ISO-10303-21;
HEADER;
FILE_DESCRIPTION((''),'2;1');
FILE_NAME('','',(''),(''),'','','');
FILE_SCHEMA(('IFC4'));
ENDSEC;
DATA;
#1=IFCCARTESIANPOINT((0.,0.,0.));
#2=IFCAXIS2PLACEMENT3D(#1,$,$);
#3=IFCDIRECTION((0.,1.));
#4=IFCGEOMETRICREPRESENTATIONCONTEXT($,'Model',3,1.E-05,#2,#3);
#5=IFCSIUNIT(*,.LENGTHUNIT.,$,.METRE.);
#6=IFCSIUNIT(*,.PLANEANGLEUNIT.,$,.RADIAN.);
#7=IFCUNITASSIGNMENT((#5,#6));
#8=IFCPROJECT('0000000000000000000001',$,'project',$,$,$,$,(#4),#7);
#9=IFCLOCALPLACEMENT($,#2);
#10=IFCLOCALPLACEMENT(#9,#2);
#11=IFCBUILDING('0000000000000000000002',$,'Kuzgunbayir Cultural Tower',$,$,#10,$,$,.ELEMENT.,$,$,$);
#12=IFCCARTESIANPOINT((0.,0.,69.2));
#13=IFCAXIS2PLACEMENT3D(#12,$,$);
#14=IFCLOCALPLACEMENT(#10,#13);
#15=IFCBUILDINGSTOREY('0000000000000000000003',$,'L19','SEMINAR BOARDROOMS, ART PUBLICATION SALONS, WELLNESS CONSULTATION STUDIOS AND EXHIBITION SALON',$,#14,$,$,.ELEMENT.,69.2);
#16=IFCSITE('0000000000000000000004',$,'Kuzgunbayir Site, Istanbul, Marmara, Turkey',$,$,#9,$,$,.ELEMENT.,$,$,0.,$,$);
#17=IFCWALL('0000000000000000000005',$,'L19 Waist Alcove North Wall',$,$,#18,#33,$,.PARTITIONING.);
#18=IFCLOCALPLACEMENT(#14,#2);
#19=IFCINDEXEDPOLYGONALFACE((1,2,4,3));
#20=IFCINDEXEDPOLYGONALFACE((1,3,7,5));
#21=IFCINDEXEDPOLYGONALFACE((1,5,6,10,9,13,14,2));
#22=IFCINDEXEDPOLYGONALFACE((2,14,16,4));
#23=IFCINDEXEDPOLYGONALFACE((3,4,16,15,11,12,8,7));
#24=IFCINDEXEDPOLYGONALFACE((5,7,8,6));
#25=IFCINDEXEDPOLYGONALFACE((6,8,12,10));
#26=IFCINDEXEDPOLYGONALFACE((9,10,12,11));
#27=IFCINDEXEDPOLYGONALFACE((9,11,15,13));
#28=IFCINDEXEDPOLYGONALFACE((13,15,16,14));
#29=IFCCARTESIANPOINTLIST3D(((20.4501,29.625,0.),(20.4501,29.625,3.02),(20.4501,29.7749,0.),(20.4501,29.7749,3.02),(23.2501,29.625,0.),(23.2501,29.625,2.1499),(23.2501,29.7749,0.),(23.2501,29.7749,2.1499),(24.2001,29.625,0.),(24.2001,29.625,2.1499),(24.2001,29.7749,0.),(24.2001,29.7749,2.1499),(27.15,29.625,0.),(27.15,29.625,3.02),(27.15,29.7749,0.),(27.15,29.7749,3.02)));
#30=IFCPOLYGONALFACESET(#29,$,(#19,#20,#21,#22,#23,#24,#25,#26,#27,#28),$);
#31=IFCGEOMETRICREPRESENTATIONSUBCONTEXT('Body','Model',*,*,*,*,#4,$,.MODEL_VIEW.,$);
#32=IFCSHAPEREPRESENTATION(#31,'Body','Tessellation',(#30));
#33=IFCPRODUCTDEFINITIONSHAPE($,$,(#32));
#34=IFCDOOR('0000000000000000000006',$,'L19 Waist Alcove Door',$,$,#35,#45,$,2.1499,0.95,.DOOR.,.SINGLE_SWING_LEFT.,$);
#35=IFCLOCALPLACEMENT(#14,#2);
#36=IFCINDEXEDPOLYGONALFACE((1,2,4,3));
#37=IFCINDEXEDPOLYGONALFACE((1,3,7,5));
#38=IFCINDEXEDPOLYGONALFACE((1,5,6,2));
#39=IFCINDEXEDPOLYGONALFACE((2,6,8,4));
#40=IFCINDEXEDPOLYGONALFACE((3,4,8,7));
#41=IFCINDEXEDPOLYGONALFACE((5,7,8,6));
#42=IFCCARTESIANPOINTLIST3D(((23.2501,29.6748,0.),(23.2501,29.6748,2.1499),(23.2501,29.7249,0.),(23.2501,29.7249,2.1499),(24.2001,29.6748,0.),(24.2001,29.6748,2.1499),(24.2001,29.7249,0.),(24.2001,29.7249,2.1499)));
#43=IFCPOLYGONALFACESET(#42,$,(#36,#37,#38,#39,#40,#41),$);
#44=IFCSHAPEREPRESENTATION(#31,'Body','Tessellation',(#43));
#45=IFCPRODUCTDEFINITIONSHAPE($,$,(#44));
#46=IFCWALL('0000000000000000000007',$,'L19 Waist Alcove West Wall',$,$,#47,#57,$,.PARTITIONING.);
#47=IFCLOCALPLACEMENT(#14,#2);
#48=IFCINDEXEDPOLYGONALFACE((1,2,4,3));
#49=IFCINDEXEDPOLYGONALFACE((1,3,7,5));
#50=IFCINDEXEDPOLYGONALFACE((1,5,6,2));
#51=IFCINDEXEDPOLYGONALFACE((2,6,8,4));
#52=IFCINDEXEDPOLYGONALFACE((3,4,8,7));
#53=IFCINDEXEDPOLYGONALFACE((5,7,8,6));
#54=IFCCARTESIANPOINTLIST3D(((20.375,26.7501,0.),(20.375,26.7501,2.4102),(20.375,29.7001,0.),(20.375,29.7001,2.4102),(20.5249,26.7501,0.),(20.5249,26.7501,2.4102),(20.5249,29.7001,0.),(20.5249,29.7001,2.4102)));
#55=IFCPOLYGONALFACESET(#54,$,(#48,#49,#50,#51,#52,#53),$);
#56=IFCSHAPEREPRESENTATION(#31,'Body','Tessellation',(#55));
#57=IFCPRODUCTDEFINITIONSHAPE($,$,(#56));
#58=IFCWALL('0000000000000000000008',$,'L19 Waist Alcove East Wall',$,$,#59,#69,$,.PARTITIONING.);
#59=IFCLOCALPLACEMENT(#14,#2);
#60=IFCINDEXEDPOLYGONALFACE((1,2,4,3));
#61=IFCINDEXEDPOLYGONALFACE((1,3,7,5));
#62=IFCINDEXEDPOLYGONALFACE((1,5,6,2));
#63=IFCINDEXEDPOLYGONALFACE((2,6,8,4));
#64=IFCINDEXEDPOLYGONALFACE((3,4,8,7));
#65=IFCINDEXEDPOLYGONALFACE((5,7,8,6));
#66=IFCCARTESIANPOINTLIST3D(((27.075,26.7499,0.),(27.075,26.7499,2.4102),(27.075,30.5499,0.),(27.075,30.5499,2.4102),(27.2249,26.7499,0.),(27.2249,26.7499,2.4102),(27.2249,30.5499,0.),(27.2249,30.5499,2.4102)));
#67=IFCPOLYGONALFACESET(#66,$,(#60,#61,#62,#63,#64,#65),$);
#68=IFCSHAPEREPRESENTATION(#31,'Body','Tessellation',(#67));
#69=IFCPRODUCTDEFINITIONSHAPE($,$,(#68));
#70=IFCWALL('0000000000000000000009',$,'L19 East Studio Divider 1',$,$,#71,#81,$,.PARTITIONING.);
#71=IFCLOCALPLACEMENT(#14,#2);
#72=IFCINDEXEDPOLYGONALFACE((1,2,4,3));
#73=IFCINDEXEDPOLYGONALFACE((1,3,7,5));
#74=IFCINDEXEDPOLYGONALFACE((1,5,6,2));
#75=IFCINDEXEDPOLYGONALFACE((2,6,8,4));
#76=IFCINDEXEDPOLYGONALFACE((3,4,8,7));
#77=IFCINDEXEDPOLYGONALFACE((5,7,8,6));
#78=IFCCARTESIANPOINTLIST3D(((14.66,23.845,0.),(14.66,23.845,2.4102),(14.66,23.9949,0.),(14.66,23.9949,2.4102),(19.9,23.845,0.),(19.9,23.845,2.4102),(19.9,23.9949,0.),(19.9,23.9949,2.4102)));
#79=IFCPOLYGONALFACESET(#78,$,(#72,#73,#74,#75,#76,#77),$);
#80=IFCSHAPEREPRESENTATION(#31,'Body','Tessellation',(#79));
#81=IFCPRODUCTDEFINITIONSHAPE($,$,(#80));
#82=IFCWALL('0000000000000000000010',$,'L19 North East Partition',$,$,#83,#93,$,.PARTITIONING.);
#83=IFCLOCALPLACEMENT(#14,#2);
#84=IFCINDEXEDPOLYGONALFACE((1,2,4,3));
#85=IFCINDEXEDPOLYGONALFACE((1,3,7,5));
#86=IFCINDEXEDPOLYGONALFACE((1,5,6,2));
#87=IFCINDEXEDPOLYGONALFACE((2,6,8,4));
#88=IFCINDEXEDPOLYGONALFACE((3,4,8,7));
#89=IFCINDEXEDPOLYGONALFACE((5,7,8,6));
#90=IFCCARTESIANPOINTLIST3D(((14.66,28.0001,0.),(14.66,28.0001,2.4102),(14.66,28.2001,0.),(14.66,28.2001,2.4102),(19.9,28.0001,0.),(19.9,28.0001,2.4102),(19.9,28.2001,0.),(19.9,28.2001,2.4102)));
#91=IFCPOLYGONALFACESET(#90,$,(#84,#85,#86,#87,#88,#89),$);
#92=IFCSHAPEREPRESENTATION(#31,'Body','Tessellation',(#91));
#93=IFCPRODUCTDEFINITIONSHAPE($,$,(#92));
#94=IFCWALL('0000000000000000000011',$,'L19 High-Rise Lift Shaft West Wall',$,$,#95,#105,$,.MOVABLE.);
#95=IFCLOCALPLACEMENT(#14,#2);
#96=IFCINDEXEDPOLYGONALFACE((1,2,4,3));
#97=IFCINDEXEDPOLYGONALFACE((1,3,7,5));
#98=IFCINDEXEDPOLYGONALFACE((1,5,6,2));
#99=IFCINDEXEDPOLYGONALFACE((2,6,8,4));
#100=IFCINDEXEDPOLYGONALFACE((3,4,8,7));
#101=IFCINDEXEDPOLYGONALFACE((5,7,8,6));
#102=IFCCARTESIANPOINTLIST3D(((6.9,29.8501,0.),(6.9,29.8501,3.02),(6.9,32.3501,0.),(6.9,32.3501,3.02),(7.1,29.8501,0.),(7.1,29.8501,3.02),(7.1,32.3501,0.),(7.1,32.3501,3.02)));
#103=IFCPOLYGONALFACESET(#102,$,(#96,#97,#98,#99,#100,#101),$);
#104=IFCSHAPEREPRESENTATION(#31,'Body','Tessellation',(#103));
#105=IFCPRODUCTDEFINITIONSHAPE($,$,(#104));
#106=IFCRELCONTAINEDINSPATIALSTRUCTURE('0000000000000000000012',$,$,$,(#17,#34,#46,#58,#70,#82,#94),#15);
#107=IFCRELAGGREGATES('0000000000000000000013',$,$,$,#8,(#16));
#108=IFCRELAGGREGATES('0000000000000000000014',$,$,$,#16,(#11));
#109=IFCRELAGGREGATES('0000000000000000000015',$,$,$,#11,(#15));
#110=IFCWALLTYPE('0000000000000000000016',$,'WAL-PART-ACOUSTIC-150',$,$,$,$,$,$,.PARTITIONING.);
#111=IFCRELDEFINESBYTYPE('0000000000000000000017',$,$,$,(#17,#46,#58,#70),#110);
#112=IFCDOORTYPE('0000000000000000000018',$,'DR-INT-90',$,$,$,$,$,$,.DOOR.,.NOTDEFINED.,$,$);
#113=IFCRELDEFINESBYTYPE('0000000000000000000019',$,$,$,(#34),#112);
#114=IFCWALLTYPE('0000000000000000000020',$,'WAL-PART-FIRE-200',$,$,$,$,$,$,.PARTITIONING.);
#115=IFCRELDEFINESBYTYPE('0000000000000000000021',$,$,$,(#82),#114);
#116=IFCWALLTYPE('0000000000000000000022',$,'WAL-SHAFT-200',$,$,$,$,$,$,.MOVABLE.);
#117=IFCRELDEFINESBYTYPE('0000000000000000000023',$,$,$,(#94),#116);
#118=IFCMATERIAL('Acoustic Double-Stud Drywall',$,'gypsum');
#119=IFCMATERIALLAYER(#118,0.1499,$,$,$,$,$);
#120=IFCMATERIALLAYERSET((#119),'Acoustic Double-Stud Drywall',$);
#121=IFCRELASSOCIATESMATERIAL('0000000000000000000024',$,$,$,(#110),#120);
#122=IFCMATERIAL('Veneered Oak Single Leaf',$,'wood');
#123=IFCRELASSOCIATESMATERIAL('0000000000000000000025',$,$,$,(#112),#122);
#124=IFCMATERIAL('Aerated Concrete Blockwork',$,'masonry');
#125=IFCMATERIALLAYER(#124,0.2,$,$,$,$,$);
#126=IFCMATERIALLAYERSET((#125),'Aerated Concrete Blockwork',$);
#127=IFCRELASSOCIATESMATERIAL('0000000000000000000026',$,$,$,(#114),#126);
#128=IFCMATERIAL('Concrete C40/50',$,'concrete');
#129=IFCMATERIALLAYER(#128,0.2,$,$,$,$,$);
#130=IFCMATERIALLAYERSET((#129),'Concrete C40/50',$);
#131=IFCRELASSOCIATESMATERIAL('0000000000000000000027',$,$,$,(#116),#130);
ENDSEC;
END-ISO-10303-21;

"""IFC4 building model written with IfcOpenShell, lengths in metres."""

from ifc_helpers import new_model, si_unit, direction, frame, frame_2d, origin, place, context, subcontext, project, spatial, rectangle, extrude, material, layer, layer_set, type_object, element, fill, save


model = new_model("IFC4")

# Units and contexts
model_context = context("Model", 3, precision=1e-05, world=origin(), true_north=direction((0.0, 1.0)))
body_context = subcontext(model_context, "Body", "Model", "MODEL_VIEW")
ifc_project = project(units=[si_unit("LENGTHUNIT", "METRE"), si_unit("PLANEANGLEUNIT", "RADIAN")], contexts=[model_context])

# Site, building, storey
site_placement = place(None, origin())
site = spatial("IfcSite", under=ifc_project, at=site_placement, Name="Kuzgunbayir Site, Istanbul, Marmara, Turkey", CompositionType="ELEMENT", RefElevation=0.0)
building_placement = place(site_placement, origin())
building = spatial("IfcBuilding", under=site, at=building_placement, Name="Kuzgunbayir Cultural Tower", CompositionType="ELEMENT")
storey_placement = place(building_placement, frame((0.0, 0.0, 69.2)))
storey = spatial("IfcBuildingStorey", under=building, at=storey_placement, Name="L19", Description="SEMINAR BOARDROOMS, ART PUBLICATION SALONS, WELLNESS CONSULTATION STUDIOS AND EXHIBITION SALON", CompositionType="ELEMENT", Elevation=69.2)

# Wall, opening, door
ifc_material_1 = material(Name="Acoustic Double-Stud Drywall", Category="gypsum")
ifc_layer_1 = layer(ifc_material_1, 0.1499)
ifc_layer_set_1 = layer_set([ifc_layer_1], Name="Acoustic Double-Stud Drywall")
wall_type_1 = type_object("IfcWallType", Name="WAL-PART-ACOUSTIC-150", PredefinedType="PARTITIONING", material=ifc_layer_set_1)
wall_1_placement = place(storey_placement, frame((20.45, 29.7, 0.0), z_axis=(0.0, 0.0, 1.0), x_axis=(1.0, 0.0, 0.0)))
wall_1 = element("IfcWall", 1, at=wall_1_placement, inside=storey, type_object=wall_type_1, Name="L19 Waist Alcove North Wall", PredefinedType="PARTITIONING", context=body_context, shape_type="SweptSolid", body=[
    extrude(rectangle(XDim=6.7, YDim=0.1499, at=frame_2d((3.3501, 0.0))), origin(), (0.0, 0.0, 1.0), 3.02),
])
opening_1_placement = place(wall_1_placement, frame((2.8, 0.0, 0.0)))
opening_1 = element("IfcOpeningElement", 2, at=opening_1_placement, cuts=wall_1, PredefinedType="OPENING", context=body_context, shape_type="SweptSolid", body=[
    extrude(rectangle(XDim=0.95, YDim=2.1499, at=frame_2d((0.4751, 1.075))), frame((0.0, 0.085, 0.0), z_axis=(0.0, -1.0, 0.0), x_axis=(1.0, 0.0, 0.0)), (0.0, 0.0, 1.0), 0.1699),
])
ifc_material_2 = material(Name="Veneered Oak Single Leaf", Category="wood")
door_type_1 = type_object("IfcDoorType", Name="DR-INT-90", OperationType="NOTDEFINED", PredefinedType="DOOR", material=ifc_material_2)
door_1_placement = place(opening_1_placement, origin())
door_1 = element("IfcDoor", 3, at=door_1_placement, inside=storey, type_object=door_type_1, Name="L19 Waist Alcove Door", OperationType="SINGLE_SWING_LEFT", OverallHeight=2.1499, OverallWidth=0.95, PredefinedType="DOOR", context=body_context, shape_type="SweptSolid", body=[
    extrude(rectangle(XDim=0.95, YDim=2.1499, at=frame_2d((0.4751, 1.075))), frame((0.0, 0.0249, 0.0), z_axis=(0.0, -1.0, 0.0), x_axis=(1.0, 0.0, 0.0)), (0.0, 0.0, 1.0), 0.05),
])
fill(opening_1, door_1)

# Walls
wall_2_placement = place(storey_placement, frame((20.45, 26.75, 0.0), z_axis=(0.0, 0.0, 1.0), x_axis=(0.0, 1.0, 0.0)))
element("IfcWall", 4, at=wall_2_placement, inside=storey, type_object=wall_type_1, Name="L19 Waist Alcove West Wall", PredefinedType="PARTITIONING", context=body_context, shape_type="SweptSolid", body=[
    extrude(rectangle(XDim=2.95, YDim=0.1499, at=frame_2d((1.4751, 0.0))), origin(), (0.0, 0.0, 1.0), 2.4102),
])
wall_3_placement = place(storey_placement, frame((27.1499, 26.75, 0.0), z_axis=(0.0, 0.0, 1.0), x_axis=(0.0, 1.0, 0.0)))
element("IfcWall", 5, at=wall_3_placement, inside=storey, type_object=wall_type_1, Name="L19 Waist Alcove East Wall", PredefinedType="PARTITIONING", context=body_context, shape_type="SweptSolid", body=[
    extrude(rectangle(XDim=3.8, YDim=0.1499, at=frame_2d((1.8999, 0.0))), origin(), (0.0, 0.0, 1.0), 2.4102),
])
wall_4_placement = place(storey_placement, frame((14.6599, 23.9199, 0.0), z_axis=(0.0, 0.0, 1.0), x_axis=(1.0, 0.0, 0.0)))
element("IfcWall", 6, at=wall_4_placement, inside=storey, type_object=wall_type_1, Name="L19 East Studio Divider 1", PredefinedType="PARTITIONING", context=body_context, shape_type="SweptSolid", body=[
    extrude(rectangle(XDim=5.24, YDim=0.1499, at=frame_2d((2.6201, 0.0))), origin(), (0.0, 0.0, 1.0), 2.4102),
])
ifc_material_3 = material(Name="Aerated Concrete Blockwork", Category="masonry")
ifc_layer_2 = layer(ifc_material_3, 0.2)
ifc_layer_set_2 = layer_set([ifc_layer_2], Name="Aerated Concrete Blockwork")
wall_type_2 = type_object("IfcWallType", Name="WAL-PART-FIRE-200", PredefinedType="PARTITIONING", material=ifc_layer_set_2)
wall_5_placement = place(storey_placement, frame((14.6599, 28.1001, 0.0), z_axis=(0.0, 0.0, 1.0), x_axis=(1.0, 0.0, 0.0)))
element("IfcWall", 7, at=wall_5_placement, inside=storey, type_object=wall_type_2, Name="L19 North East Partition", PredefinedType="PARTITIONING", context=body_context, shape_type="SweptSolid", body=[
    extrude(rectangle(XDim=5.24, YDim=0.2, at=frame_2d((2.6201, 0.0))), origin(), (0.0, 0.0, 1.0), 2.4102),
])
ifc_material_4 = material(Name="Concrete C40/50", Category="concrete")
ifc_layer_3 = layer(ifc_material_4, 0.2)
ifc_layer_set_3 = layer_set([ifc_layer_3], Name="Concrete C40/50")
wall_type_3 = type_object("IfcWallType", Name="WAL-SHAFT-200", PredefinedType="MOVABLE", material=ifc_layer_set_3)
wall_6_placement = place(storey_placement, frame((7.0, 29.8501, 0.0), z_axis=(0.0, 0.0, 1.0), x_axis=(0.0, 1.0, 0.0)))
element("IfcWall", 8, at=wall_6_placement, inside=storey, type_object=wall_type_3, Name="L19 High-Rise Lift Shaft West Wall", PredefinedType="MOVABLE", context=body_context, shape_type="SweptSolid", body=[
    extrude(rectangle(XDim=2.5, YDim=0.2, at=frame_2d((1.25, 0.0))), origin(), (0.0, 0.0, 1.0), 3.02),
])

save(model, "model.ifc")
